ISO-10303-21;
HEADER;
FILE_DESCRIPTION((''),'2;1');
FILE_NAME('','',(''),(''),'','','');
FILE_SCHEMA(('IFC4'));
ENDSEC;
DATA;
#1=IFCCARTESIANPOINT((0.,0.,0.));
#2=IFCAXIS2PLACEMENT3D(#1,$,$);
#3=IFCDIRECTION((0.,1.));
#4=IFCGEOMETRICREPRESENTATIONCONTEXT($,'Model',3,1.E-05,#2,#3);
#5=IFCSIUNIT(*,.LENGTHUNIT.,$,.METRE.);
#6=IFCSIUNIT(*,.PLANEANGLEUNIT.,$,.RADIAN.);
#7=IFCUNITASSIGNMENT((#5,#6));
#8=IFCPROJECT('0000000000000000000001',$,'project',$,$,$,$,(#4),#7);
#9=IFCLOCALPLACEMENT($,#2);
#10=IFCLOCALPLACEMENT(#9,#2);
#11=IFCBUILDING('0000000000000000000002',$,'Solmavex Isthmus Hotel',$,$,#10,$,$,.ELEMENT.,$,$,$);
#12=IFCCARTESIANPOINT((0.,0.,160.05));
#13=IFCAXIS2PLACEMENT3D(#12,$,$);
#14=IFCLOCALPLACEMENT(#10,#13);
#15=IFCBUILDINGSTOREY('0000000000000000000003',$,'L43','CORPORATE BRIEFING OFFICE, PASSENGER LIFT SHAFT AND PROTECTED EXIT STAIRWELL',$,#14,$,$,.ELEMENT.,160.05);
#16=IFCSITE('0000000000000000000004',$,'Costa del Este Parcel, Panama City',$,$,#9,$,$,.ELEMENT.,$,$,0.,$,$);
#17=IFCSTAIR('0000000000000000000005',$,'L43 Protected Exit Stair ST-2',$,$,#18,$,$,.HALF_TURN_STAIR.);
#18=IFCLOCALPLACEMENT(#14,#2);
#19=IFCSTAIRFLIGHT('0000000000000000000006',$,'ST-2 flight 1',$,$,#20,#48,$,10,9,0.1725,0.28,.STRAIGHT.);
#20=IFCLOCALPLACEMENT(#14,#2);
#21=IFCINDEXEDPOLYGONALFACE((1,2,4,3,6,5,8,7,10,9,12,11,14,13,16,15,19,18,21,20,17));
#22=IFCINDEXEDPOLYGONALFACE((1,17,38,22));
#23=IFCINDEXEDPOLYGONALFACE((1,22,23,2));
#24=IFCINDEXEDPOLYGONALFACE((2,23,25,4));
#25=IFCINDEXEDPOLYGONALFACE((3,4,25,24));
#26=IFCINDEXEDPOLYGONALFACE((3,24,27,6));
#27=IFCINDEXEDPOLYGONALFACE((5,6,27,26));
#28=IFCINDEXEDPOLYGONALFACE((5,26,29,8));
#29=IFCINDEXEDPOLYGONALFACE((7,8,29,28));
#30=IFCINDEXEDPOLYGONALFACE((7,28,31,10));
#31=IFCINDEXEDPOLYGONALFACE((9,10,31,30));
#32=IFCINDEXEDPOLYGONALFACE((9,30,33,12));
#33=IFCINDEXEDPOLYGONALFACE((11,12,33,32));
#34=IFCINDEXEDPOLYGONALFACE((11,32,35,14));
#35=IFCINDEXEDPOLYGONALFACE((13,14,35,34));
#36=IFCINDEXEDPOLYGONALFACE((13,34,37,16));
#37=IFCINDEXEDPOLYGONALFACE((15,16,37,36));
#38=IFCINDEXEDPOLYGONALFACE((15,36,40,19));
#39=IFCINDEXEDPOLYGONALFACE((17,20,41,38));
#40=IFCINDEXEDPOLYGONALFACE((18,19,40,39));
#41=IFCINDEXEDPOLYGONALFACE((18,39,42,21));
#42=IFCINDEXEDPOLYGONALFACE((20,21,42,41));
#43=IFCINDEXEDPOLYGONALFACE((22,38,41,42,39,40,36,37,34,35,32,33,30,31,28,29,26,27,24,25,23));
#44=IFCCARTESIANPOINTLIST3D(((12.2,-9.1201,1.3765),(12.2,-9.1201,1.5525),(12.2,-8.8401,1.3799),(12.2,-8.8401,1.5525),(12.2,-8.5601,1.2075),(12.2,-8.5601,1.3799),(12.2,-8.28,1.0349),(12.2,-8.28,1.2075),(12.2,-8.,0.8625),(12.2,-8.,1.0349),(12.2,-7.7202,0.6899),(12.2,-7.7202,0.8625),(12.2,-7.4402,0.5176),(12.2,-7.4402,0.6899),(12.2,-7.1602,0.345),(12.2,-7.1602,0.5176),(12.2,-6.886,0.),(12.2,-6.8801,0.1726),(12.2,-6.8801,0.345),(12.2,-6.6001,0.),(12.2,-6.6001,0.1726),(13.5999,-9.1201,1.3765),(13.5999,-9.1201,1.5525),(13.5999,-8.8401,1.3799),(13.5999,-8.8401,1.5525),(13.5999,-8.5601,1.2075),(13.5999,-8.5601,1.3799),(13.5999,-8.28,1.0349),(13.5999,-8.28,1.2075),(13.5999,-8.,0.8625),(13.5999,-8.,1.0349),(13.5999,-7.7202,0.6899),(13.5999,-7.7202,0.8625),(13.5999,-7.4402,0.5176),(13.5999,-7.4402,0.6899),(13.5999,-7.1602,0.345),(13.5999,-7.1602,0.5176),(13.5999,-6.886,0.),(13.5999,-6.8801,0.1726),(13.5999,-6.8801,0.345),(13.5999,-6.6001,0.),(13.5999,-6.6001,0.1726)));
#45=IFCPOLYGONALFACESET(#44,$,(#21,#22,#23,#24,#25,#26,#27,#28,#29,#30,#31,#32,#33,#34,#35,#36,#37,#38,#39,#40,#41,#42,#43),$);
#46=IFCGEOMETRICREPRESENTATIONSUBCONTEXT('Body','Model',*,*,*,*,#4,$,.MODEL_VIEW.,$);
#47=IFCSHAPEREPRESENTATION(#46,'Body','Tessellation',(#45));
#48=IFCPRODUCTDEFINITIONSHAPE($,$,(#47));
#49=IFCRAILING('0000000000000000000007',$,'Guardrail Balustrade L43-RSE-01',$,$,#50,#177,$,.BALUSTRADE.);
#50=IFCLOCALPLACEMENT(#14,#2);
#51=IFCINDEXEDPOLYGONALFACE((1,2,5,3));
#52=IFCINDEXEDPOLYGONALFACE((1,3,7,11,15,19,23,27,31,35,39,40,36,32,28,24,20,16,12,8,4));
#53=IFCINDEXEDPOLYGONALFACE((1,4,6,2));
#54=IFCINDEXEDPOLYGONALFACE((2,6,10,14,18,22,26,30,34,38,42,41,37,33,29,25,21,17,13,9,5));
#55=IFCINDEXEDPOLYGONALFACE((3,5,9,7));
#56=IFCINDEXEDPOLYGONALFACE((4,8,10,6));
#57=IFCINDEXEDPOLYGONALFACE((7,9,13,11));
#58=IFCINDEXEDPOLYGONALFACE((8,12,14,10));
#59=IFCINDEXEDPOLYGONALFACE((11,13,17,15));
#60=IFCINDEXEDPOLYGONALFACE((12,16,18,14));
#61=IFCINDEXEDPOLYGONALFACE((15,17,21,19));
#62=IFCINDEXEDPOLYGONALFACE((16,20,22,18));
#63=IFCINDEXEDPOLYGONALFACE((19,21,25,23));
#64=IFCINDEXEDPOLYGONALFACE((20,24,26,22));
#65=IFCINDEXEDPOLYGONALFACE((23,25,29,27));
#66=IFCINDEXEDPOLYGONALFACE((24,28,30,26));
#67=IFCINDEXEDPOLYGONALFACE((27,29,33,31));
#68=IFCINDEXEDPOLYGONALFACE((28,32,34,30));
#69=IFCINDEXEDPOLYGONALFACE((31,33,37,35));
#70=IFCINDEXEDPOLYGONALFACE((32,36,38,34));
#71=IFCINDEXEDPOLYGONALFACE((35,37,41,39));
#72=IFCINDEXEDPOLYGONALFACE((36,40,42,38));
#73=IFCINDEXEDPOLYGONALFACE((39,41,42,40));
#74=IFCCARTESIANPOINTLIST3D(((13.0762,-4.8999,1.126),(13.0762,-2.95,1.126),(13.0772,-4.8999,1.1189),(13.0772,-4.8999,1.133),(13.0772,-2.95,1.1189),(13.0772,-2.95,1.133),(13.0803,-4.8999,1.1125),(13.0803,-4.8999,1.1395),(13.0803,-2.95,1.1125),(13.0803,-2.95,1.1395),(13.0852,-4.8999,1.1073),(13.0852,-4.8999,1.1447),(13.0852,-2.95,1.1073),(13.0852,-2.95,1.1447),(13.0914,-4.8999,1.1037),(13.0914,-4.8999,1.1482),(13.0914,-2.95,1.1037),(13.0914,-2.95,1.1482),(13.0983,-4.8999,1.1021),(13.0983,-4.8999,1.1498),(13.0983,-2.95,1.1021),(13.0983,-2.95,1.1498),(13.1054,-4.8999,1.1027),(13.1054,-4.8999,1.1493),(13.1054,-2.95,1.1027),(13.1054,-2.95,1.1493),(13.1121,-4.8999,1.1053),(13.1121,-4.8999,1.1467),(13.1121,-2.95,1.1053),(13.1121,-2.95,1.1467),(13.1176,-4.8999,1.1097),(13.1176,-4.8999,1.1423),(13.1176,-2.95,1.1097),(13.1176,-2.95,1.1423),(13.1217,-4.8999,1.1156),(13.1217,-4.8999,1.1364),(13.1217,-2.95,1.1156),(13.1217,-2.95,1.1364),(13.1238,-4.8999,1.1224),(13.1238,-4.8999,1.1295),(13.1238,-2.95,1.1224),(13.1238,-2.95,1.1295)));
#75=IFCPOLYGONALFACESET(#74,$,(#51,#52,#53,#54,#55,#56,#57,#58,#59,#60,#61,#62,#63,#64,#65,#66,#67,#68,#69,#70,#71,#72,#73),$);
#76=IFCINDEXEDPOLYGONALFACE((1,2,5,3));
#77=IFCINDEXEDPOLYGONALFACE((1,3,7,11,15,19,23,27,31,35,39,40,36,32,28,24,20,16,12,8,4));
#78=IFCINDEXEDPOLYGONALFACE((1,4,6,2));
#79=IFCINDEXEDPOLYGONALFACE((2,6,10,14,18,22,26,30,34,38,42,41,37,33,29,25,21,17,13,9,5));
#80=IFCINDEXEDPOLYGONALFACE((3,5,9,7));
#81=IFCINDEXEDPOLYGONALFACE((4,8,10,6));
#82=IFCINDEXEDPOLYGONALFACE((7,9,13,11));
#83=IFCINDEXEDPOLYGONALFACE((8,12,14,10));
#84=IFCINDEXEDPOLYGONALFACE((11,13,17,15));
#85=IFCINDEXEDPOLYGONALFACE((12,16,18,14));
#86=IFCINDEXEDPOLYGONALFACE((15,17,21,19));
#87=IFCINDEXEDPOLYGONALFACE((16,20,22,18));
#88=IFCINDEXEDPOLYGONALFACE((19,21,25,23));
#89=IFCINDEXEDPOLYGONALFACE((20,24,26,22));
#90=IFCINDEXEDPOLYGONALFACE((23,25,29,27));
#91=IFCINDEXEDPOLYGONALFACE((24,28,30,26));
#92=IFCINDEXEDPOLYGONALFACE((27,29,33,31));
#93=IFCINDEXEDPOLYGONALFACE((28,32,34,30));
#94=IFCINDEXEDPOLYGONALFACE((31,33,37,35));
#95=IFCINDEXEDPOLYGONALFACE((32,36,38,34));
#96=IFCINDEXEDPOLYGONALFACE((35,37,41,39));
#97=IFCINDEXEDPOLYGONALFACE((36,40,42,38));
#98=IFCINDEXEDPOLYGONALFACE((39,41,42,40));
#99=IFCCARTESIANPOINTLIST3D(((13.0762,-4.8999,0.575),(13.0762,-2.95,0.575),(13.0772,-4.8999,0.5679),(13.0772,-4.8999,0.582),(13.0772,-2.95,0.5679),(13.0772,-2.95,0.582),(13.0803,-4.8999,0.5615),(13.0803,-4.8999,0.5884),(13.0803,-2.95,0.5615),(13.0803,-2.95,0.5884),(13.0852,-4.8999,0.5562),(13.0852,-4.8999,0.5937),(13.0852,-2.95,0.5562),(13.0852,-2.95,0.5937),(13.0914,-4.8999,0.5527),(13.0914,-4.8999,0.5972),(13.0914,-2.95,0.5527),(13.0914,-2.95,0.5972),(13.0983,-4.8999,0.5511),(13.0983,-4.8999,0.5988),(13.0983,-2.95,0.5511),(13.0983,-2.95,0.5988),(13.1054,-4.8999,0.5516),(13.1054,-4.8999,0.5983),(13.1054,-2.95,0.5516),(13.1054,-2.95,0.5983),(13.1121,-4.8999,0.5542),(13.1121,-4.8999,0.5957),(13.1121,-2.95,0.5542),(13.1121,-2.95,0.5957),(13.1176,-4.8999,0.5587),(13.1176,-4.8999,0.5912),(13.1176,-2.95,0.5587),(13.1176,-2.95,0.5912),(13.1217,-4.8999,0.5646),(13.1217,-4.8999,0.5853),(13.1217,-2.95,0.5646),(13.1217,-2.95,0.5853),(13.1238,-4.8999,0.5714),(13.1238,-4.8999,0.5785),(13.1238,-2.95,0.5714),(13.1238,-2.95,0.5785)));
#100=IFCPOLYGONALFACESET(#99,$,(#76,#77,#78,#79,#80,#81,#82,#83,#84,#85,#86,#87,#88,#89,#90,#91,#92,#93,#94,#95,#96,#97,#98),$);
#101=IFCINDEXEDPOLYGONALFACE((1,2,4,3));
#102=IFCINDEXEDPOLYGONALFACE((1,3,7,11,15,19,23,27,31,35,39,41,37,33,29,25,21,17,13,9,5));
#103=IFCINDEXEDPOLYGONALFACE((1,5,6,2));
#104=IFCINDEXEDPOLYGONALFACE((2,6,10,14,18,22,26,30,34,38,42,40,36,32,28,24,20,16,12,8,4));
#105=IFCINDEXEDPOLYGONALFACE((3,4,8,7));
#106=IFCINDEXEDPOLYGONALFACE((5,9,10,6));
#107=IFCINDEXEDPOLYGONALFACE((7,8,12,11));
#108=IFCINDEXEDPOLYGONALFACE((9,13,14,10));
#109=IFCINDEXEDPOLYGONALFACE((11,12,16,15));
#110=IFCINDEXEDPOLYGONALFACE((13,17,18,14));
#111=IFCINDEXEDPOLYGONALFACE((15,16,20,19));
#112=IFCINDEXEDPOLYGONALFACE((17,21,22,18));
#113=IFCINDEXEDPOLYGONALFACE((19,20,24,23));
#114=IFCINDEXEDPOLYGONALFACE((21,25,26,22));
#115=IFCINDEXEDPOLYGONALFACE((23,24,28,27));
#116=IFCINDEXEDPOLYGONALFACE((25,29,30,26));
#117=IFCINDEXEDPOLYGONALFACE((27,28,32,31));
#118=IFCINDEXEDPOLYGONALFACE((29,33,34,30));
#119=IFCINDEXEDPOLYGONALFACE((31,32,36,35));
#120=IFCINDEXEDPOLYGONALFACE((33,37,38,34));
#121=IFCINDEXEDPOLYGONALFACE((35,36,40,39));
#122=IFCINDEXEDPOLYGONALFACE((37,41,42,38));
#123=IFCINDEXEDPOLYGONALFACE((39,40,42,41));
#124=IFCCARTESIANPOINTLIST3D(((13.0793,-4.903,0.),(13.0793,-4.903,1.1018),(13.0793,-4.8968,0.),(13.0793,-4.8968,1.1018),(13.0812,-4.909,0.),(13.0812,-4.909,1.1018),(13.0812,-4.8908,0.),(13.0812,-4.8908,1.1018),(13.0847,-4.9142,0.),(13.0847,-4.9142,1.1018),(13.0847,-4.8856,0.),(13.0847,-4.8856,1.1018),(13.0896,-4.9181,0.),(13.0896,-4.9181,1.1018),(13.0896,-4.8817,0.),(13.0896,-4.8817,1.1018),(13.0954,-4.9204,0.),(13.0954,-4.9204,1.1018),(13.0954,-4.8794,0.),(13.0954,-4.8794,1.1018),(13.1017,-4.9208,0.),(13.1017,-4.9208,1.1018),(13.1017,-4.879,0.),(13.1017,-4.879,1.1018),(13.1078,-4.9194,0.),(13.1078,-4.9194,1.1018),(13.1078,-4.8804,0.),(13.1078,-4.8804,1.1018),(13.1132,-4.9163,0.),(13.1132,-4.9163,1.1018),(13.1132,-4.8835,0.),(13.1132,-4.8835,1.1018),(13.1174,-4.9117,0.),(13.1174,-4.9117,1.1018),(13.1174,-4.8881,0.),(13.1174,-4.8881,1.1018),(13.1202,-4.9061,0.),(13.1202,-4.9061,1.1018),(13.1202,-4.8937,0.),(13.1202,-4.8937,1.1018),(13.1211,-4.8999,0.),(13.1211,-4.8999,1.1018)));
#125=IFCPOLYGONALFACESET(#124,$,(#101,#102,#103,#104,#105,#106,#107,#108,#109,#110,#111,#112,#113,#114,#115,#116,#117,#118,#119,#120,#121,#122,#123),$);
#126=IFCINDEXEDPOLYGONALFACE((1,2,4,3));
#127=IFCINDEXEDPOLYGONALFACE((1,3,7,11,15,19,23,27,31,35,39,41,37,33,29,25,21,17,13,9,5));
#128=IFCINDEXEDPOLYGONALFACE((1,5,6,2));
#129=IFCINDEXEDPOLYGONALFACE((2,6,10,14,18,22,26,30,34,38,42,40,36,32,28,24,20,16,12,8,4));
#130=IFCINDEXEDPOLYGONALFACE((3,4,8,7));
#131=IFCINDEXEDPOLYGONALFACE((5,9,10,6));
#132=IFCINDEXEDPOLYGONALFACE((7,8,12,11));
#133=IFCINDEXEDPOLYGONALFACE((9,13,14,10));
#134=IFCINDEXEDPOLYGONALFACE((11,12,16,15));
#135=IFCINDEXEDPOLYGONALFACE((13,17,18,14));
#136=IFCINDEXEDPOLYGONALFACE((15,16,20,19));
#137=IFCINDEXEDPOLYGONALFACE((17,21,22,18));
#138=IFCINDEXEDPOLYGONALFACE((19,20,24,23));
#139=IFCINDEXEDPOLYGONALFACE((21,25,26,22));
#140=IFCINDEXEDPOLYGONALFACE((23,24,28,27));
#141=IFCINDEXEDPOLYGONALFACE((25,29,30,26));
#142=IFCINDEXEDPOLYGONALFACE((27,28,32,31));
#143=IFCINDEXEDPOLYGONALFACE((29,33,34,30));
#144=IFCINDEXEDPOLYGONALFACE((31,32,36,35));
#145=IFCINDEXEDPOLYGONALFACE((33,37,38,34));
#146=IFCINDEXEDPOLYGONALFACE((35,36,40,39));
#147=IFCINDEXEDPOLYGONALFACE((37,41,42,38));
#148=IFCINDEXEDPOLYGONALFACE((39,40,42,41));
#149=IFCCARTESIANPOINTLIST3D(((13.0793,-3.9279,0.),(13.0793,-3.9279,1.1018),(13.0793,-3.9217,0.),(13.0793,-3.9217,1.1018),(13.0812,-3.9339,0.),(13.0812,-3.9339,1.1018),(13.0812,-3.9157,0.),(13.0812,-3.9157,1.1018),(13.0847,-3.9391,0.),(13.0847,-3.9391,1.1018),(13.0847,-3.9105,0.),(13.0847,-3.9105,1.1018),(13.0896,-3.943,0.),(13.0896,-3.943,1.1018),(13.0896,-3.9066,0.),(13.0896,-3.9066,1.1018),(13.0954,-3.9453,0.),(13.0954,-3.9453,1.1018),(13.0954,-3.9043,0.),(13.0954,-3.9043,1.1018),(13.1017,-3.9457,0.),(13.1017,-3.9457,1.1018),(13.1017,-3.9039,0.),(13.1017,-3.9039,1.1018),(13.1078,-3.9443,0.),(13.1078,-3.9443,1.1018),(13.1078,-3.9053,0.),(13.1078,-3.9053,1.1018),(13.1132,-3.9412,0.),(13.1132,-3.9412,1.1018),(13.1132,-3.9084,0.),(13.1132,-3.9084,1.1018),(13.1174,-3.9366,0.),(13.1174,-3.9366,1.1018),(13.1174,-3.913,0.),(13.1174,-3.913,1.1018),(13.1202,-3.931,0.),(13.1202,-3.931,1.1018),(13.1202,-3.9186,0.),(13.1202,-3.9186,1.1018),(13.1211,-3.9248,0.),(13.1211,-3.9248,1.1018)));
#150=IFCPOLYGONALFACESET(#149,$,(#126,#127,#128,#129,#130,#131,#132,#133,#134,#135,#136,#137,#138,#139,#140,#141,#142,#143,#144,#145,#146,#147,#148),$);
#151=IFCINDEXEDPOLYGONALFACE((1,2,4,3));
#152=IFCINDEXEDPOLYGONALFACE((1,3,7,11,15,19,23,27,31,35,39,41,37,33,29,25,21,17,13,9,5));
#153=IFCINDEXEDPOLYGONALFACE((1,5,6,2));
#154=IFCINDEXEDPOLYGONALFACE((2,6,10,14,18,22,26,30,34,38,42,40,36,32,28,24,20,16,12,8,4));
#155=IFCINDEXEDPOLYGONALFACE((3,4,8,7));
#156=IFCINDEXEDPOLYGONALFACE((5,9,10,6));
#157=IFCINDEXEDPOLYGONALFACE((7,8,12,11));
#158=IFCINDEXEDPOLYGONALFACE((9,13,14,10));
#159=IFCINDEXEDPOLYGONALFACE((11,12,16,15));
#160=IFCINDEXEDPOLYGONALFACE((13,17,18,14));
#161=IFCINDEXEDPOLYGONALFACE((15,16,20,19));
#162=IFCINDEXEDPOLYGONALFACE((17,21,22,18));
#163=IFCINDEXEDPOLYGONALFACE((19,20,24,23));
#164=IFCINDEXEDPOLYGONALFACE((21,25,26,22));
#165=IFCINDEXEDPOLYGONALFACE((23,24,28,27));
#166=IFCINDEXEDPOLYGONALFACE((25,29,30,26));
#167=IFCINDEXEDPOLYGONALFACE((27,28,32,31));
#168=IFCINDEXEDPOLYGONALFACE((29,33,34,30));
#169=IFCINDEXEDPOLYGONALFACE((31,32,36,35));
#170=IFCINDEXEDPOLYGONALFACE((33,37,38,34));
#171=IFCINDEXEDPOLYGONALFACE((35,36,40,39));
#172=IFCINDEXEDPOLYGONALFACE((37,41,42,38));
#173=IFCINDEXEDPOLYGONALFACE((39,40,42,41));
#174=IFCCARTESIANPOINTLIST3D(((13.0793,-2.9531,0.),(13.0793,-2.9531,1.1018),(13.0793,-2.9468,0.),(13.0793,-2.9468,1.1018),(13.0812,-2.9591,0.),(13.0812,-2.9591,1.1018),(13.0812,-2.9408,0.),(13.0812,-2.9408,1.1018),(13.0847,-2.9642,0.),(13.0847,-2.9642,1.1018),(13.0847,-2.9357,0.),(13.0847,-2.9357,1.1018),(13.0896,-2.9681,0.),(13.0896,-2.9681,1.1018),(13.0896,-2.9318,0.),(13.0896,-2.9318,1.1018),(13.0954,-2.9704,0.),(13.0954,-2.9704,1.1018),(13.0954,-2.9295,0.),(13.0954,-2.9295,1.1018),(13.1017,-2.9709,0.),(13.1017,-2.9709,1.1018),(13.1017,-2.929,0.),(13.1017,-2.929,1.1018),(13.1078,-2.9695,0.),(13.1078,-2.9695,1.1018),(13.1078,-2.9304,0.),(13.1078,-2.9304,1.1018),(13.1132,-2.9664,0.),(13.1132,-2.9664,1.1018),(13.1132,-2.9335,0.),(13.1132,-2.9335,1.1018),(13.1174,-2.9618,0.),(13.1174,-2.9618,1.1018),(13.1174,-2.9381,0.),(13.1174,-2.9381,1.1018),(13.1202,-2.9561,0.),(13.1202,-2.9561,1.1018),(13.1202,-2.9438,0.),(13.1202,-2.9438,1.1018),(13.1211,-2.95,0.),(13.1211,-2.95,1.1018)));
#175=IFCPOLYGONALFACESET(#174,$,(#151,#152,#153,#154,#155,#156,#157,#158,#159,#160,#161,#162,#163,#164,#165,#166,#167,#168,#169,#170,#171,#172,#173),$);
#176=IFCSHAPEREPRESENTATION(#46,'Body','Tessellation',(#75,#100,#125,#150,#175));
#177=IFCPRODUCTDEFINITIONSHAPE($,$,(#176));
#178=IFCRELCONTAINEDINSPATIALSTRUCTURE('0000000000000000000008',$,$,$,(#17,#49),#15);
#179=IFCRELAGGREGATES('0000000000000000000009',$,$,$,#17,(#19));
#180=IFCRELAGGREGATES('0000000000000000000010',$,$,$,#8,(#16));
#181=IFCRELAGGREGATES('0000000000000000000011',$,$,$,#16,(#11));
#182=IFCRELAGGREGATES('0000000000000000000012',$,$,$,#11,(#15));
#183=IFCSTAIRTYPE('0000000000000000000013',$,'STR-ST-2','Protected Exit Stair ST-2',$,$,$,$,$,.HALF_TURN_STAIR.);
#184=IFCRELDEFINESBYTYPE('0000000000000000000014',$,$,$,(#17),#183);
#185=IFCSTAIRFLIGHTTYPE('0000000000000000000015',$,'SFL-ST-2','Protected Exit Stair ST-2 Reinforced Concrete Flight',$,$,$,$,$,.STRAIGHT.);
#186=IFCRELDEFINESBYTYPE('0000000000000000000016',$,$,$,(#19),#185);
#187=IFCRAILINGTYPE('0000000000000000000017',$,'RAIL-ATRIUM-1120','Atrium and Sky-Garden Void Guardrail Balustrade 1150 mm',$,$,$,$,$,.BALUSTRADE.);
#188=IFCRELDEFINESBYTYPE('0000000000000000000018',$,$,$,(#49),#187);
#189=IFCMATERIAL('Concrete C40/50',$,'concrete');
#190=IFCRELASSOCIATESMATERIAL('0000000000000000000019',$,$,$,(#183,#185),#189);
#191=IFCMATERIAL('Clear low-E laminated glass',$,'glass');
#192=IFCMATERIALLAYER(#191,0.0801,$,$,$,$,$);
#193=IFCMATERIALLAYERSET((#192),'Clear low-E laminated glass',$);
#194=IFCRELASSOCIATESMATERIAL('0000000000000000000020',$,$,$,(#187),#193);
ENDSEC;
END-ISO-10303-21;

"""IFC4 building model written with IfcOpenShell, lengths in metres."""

from ifc_helpers import new_model, si_unit, direction, frame, origin, origin_2d, place, context, subcontext, project, spatial, polyline, circle, outline, extrude, material, layer, layer_set, type_object, element, aggregate, save


model = new_model("IFC4")

# Units and contexts
model_context = context("Model", 3, precision=1e-05, world=origin(), true_north=direction((0.0, 1.0)))
body_context = subcontext(model_context, "Body", "Model", "MODEL_VIEW")
ifc_project = project(units=[si_unit("LENGTHUNIT", "METRE"), si_unit("PLANEANGLEUNIT", "RADIAN")], contexts=[model_context])

# Site, building, storey
site_placement = place(None, origin())
site = spatial("IfcSite", under=ifc_project, at=site_placement, Name="Costa del Este Parcel, Panama City", CompositionType="ELEMENT", RefElevation=0.0)
building_placement = place(site_placement, origin())
building = spatial("IfcBuilding", under=site, at=building_placement, Name="Solmavex Isthmus Hotel", CompositionType="ELEMENT")
storey_placement = place(building_placement, frame((0.0, 0.0, 160.05)))
storey = spatial("IfcBuildingStorey", under=building, at=storey_placement, Name="L43", Description="CORPORATE BRIEFING OFFICE, PASSENGER LIFT SHAFT AND PROTECTED EXIT STAIRWELL", CompositionType="ELEMENT", Elevation=160.05)

# Shared definitions
ifc_material_1 = material(Name="Concrete C40/50", Category="concrete")

# Stair, stair flight
stair_type = type_object("IfcStairType", Name="STR-ST-2", Description="Protected Exit Stair ST-2", PredefinedType="HALF_TURN_STAIR", material=ifc_material_1)
stair_placement = place(storey_placement, origin())
stair = element("IfcStair", 1, at=stair_placement, inside=storey, type_object=stair_type, Name="L43 Protected Exit Stair ST-2", PredefinedType="HALF_TURN_STAIR")
stair_flight_type = type_object("IfcStairFlightType", Name="SFL-ST-2", Description="Protected Exit Stair ST-2 Reinforced Concrete Flight", PredefinedType="STRAIGHT", material=ifc_material_1)
stair_flight_placement = place(storey_placement, frame((12.8999, -6.6001, 0.0), z_axis=(0.0, 0.0, 1.0), x_axis=(0.0, -1.0, 0.0)))
stair_flight = element("IfcStairFlight", 2, at=stair_flight_placement, type_object=stair_flight_type, Name="ST-2 flight 1", NumberOfRisers=10, NumberOfTreads=9, PredefinedType="STRAIGHT", RiserHeight=0.1725, TreadLength=0.28, context=body_context, shape_type="SweptSolid", body=[
    extrude(outline(polyline([(0.0, 0.0), (0.0, 0.1726), (0.28, 0.1726), (0.28, 0.345), (0.5601, 0.345), (0.5601, 0.5176), (0.8401, 0.5176), (0.8401, 0.6899), (1.1201, 0.6899), (1.1201, 0.8625), (1.3999, 0.8625), (1.3999, 1.0349), (1.6799, 1.0349), (1.6799, 1.2075), (1.96, 1.2075), (1.96, 1.3799), (2.24, 1.3799), (2.24, 1.5525), (2.52, 1.5525), (2.52, 1.7251), (2.52, 1.3765), (0.2859, 0.0), (0.0, 0.0)])), frame((0.0, 0.7, 0.0), z_axis=(0.0, -1.0, 0.0), x_axis=(1.0, 0.0, 0.0)), (0.0, 0.0, 1.0), 1.3999),
])
aggregate(stair, [stair_flight])

# Railing
ifc_material_2 = material(Name="Clear low-E laminated glass", Category="glass")
ifc_layer_1 = layer(ifc_material_2, 0.0801)
ifc_layer_set_1 = layer_set([ifc_layer_1], Name="Clear low-E laminated glass")
railing_type_1 = type_object("IfcRailingType", Name="RAIL-ATRIUM-1120", Description="Atrium and Sky-Garden Void Guardrail Balustrade 1150 mm", PredefinedType="BALUSTRADE", material=ifc_layer_set_1)
railing_1_placement = place(storey_placement, frame((13.1001, -4.8999, 0.0)))
element("IfcRailing", 3, at=railing_1_placement, inside=storey, type_object=railing_type_1, Name="Guardrail Balustrade L43-RSE-01", PredefinedType="BALUSTRADE", context=body_context, shape_type="SweptSolid", body=[
    extrude(circle(Radius=0.0239, at=origin_2d()), frame((0.0, 0.0, 1.126), z_axis=(0.0, 1.0, 0.0), x_axis=(-1.0, 0.0, 0.0)), (0.0, 0.0, 1.0), 1.95),
    extrude(circle(Radius=0.0239, at=origin_2d()), frame((0.0, 0.0, 0.575), z_axis=(0.0, 1.0, 0.0), x_axis=(-1.0, 0.0, 0.0)), (0.0, 0.0, 1.0), 1.95),
    extrude(circle(Radius=0.021, at=origin_2d()), origin(), (0.0, 0.0, 1.0), 1.1018),
    extrude(circle(Radius=0.021, at=origin_2d()), frame((0.0, 0.9751, 0.0)), (0.0, 0.0, 1.0), 1.1018),
    extrude(circle(Radius=0.021, at=origin_2d()), frame((0.0, 1.95, 0.0)), (0.0, 0.0, 1.0), 1.1018),
])

save(model, "model.ifc")
